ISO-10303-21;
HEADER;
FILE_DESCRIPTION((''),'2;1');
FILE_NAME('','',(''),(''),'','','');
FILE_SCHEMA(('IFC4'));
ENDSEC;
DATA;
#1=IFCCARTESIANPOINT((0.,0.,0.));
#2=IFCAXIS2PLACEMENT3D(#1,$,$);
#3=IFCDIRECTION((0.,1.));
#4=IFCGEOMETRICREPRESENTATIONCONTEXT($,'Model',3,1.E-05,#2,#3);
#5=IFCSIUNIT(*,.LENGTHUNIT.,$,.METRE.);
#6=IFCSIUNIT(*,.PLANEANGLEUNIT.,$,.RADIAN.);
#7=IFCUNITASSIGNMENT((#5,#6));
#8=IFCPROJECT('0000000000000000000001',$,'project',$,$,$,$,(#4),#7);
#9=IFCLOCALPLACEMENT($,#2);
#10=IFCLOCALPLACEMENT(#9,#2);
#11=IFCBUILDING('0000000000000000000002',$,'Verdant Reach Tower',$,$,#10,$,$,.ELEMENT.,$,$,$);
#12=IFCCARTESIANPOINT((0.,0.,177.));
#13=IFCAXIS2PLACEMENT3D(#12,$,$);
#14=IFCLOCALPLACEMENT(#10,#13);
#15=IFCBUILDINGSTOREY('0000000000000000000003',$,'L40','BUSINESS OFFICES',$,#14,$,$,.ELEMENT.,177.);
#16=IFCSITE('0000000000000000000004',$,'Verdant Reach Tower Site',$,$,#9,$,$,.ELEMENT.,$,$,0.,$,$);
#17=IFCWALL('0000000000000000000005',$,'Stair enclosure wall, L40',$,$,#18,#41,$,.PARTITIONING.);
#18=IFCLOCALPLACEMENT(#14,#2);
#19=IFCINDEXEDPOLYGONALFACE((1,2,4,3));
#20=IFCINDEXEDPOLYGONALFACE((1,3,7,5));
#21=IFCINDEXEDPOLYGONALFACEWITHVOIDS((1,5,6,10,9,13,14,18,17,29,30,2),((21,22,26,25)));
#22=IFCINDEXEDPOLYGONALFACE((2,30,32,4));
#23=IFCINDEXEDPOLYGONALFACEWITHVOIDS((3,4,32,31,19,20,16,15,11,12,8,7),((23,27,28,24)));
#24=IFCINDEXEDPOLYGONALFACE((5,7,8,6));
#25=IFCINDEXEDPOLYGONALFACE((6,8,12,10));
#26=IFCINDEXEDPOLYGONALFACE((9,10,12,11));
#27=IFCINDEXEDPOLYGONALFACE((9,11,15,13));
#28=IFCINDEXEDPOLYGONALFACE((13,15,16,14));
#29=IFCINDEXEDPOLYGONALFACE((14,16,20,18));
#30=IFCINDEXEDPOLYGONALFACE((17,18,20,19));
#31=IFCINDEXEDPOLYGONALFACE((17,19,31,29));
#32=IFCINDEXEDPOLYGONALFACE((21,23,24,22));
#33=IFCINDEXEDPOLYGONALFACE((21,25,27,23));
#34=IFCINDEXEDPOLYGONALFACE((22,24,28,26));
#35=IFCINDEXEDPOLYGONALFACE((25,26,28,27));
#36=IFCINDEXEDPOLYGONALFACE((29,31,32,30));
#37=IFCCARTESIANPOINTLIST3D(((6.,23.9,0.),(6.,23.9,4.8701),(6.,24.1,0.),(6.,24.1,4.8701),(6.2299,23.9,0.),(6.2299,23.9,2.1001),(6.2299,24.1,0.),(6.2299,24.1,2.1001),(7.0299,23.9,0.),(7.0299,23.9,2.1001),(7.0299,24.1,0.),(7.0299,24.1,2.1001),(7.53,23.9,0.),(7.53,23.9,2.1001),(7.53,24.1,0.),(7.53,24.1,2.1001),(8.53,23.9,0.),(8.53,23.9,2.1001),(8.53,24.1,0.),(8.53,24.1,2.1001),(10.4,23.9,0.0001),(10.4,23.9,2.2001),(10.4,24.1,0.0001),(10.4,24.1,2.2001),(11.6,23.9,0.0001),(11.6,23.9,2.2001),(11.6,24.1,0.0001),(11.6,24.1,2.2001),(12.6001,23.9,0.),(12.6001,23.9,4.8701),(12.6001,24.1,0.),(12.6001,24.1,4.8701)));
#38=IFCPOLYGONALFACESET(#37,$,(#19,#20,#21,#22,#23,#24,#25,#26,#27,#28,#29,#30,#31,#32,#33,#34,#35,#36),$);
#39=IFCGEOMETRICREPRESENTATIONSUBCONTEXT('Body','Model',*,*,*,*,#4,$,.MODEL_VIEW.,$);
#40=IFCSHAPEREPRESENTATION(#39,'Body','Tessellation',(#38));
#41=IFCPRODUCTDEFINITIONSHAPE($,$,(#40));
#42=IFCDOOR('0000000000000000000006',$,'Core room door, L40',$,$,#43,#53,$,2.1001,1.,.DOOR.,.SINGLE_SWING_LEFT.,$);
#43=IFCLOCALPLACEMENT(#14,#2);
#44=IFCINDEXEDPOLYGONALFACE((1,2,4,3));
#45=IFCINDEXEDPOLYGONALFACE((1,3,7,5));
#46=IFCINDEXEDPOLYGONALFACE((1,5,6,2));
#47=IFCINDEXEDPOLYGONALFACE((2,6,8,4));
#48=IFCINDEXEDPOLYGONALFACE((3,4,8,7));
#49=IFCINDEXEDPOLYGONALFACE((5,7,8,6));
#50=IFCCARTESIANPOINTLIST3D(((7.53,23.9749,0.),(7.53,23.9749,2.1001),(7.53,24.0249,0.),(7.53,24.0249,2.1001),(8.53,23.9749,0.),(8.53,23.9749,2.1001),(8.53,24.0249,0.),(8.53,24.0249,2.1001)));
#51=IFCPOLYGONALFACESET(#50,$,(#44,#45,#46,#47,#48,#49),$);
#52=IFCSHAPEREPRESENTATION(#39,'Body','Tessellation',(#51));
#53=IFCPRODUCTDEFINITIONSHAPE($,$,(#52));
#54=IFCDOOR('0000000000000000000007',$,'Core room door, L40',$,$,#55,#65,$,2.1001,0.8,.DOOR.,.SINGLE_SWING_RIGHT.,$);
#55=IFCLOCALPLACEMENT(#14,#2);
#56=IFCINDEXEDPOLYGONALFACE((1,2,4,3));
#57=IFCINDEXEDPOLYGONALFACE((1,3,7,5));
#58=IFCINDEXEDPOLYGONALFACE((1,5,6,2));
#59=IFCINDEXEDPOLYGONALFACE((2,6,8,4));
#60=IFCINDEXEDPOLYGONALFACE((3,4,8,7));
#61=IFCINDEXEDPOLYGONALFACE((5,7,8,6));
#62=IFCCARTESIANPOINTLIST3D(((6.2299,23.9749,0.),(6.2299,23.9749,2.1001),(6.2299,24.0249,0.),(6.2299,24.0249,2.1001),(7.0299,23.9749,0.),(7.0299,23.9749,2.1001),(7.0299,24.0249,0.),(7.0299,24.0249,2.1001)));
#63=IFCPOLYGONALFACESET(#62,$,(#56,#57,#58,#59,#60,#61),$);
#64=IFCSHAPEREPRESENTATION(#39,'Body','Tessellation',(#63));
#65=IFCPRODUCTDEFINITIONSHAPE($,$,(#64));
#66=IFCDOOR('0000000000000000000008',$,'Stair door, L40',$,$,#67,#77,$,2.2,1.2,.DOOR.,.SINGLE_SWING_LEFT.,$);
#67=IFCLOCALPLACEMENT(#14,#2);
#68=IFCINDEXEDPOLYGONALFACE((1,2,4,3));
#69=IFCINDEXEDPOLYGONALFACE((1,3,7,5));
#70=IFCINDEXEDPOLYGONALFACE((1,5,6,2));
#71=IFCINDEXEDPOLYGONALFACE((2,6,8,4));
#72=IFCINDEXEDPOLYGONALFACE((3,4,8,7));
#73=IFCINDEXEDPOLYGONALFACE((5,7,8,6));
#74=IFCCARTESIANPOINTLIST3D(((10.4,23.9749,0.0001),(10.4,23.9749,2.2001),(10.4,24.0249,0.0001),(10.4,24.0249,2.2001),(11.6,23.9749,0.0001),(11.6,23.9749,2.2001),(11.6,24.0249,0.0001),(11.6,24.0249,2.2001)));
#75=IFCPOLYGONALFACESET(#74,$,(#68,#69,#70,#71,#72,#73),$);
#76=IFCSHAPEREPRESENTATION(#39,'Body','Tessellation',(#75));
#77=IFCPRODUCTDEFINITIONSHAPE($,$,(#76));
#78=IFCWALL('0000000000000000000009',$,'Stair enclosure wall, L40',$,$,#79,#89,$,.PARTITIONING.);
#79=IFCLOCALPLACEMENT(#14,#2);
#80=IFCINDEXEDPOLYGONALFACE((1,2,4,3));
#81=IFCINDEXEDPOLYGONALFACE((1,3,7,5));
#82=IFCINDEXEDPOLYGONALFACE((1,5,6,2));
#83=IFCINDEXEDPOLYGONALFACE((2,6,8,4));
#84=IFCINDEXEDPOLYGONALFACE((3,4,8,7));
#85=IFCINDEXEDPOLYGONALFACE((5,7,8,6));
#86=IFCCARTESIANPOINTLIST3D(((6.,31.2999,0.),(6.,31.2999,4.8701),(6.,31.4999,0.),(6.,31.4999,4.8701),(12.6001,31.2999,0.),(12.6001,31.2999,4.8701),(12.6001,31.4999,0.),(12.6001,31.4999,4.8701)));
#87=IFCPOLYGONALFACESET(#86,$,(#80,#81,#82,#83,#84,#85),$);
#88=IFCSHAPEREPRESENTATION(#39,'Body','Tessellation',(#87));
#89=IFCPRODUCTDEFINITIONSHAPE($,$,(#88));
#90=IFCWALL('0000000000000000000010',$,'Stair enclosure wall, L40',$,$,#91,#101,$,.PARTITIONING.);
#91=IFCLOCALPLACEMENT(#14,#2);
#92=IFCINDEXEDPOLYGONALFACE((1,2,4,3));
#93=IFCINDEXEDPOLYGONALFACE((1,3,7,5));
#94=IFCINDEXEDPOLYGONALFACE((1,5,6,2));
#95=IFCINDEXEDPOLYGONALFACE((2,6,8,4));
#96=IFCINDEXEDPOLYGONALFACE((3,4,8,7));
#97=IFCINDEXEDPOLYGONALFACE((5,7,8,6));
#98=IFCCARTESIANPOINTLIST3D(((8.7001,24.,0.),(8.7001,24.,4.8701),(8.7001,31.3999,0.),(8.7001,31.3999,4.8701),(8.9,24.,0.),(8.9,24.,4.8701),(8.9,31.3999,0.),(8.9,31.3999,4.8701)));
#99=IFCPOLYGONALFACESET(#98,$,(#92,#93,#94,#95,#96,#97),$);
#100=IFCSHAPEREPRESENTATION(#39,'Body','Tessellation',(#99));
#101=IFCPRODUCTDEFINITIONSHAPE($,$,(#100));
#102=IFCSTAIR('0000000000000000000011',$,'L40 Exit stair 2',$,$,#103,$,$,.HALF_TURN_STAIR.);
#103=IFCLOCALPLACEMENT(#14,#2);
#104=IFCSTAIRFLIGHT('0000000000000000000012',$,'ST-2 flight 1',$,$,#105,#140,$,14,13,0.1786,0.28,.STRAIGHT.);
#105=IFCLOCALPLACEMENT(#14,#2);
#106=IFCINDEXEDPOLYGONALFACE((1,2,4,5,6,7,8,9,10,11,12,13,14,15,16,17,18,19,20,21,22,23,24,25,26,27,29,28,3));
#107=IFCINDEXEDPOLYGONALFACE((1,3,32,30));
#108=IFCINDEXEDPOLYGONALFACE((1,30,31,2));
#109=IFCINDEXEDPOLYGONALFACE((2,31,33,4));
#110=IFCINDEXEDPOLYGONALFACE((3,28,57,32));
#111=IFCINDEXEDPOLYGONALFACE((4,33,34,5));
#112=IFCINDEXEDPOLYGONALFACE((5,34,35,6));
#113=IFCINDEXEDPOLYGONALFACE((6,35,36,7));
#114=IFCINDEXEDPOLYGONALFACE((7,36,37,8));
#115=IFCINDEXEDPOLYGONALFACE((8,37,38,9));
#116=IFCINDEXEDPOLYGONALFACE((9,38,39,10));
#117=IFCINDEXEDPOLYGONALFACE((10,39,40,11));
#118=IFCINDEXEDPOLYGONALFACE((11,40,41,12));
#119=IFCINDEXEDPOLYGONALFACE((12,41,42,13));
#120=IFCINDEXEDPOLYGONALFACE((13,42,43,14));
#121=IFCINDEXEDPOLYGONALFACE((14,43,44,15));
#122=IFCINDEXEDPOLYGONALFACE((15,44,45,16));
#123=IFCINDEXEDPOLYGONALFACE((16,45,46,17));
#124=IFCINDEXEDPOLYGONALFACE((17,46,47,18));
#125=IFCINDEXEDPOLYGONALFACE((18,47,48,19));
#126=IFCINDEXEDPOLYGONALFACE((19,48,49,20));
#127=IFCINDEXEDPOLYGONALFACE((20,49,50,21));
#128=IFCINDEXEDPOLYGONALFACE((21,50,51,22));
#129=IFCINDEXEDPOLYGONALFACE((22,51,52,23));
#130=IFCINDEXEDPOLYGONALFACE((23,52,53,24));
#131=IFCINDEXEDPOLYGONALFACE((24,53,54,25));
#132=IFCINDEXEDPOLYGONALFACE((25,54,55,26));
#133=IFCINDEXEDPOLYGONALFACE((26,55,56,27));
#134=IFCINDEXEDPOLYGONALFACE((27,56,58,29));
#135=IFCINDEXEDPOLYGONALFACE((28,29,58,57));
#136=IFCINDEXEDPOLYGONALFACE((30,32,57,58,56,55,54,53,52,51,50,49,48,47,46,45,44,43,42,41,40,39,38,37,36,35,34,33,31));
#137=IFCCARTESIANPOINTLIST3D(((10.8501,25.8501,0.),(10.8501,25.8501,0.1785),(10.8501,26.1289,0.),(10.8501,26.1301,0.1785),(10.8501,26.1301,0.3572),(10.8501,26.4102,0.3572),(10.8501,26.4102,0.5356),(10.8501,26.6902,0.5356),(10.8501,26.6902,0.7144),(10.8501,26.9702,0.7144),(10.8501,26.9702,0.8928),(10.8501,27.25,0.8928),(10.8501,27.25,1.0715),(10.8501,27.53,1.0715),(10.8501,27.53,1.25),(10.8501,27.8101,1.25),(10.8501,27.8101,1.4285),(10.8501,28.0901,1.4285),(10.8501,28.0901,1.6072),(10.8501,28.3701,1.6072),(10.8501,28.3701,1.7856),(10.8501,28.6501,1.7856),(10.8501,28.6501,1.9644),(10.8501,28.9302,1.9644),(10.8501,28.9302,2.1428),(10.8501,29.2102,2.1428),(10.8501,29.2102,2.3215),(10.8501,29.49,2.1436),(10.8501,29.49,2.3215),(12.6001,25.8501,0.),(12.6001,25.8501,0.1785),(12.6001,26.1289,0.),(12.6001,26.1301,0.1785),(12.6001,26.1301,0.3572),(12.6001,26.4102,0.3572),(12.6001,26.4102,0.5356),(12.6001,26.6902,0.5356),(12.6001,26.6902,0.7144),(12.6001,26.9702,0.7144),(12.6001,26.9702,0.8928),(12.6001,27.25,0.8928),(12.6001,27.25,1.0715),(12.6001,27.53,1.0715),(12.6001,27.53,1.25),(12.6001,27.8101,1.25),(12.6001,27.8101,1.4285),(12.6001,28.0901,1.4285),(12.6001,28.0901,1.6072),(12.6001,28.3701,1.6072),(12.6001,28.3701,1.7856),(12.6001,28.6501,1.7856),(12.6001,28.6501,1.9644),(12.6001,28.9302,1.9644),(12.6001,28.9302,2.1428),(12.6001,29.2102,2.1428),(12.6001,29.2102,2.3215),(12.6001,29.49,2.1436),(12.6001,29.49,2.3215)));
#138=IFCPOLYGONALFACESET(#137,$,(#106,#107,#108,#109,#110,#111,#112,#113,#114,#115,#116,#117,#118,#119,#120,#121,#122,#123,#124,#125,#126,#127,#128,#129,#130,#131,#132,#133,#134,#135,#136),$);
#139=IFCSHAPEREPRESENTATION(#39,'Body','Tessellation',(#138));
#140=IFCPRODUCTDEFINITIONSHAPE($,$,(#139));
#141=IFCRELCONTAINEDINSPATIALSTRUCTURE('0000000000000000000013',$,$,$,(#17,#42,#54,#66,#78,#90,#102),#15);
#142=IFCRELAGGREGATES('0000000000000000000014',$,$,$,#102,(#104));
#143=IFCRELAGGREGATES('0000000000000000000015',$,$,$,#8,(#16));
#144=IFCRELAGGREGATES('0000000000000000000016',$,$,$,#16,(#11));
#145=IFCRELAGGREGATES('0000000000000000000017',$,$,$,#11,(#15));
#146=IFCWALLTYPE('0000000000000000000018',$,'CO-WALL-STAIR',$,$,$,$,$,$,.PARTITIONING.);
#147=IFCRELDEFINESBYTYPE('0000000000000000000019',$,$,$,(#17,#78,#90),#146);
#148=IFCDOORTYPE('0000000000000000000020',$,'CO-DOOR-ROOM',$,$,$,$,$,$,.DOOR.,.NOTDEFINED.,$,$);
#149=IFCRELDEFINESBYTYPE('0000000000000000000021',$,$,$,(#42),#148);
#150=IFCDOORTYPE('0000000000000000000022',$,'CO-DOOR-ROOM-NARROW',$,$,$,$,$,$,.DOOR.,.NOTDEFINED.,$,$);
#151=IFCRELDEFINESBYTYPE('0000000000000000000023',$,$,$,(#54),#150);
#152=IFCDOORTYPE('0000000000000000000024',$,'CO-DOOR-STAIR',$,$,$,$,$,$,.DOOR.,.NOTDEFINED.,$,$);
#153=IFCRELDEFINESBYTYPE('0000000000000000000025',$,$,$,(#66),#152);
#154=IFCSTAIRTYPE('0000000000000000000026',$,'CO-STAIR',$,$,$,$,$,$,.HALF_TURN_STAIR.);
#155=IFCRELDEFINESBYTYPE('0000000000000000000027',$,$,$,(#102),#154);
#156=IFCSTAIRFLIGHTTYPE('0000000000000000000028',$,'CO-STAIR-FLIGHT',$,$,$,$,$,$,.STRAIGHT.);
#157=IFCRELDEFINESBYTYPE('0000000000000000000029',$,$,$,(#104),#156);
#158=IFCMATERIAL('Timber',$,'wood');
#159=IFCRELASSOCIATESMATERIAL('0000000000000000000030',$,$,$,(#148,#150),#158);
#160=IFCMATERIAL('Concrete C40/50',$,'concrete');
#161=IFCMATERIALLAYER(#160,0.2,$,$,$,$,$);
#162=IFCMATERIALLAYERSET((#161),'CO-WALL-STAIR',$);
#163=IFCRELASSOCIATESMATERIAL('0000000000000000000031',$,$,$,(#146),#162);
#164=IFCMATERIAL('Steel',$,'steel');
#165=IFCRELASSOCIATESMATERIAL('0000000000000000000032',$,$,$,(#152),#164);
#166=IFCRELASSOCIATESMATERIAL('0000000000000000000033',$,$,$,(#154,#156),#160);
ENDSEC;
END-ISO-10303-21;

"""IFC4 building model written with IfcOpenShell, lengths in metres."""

from ifc_helpers import new_model, si_unit, direction, frame, frame_2d, origin, place, context, subcontext, project, spatial, polyline, rectangle, outline, extrude, material, layer, layer_set, type_object, element, fill, aggregate, save


model = new_model("IFC4")

# Units and contexts
model_context = context("Model", 3, precision=1e-05, world=origin(), true_north=direction((0.0, 1.0)))
body_context = subcontext(model_context, "Body", "Model", "MODEL_VIEW")
ifc_project = project(units=[si_unit("LENGTHUNIT", "METRE"), si_unit("PLANEANGLEUNIT", "RADIAN")], contexts=[model_context])

# Site, building, storey
site_placement = place(None, origin())
site = spatial("IfcSite", under=ifc_project, at=site_placement, Name="Verdant Reach Tower Site", CompositionType="ELEMENT", RefElevation=0.0)
building_placement = place(site_placement, origin())
building = spatial("IfcBuilding", under=site, at=building_placement, Name="Verdant Reach Tower", CompositionType="ELEMENT")
storey_placement = place(building_placement, frame((0.0, 0.0, 177.0)))
storey = spatial("IfcBuildingStorey", under=building, at=storey_placement, Name="L40", Description="BUSINESS OFFICES", CompositionType="ELEMENT", Elevation=177.0)

# Shared definitions
ifc_material_1 = material(Name="Timber", Category="wood")
door_type_1 = type_object("IfcDoorType", Name="CO-DOOR-ROOM", OperationType="NOTDEFINED", PredefinedType="DOOR", material=ifc_material_1)

# Shared definitions
ifc_material_2 = material(Name="Concrete C40/50", Category="concrete")

# Wall, openings, doors
ifc_layer_1 = layer(ifc_material_2, 0.2)
ifc_layer_set_1 = layer_set([ifc_layer_1], Name="CO-WALL-STAIR")
wall_type_1 = type_object("IfcWallType", Name="CO-WALL-STAIR", PredefinedType="PARTITIONING", material=ifc_layer_set_1)
wall_1_placement = place(storey_placement, frame((6.0, 24.0, 0.0), z_axis=(0.0, 0.0, 1.0), x_axis=(1.0, 0.0, 0.0)))
wall_1 = element("IfcWall", 1, at=wall_1_placement, inside=storey, type_object=wall_type_1, Name="Stair enclosure wall, L40", PredefinedType="PARTITIONING", context=body_context, shape_type="SweptSolid", body=[
    extrude(rectangle(XDim=6.6001, YDim=0.2, at=frame_2d((3.3, 0.0))), origin(), (0.0, 0.0, 1.0), 4.8701),
])
opening_1_placement = place(wall_1_placement, frame((0.23, 0.0, 0.0)))
opening_1 = element("IfcOpeningElement", 2, at=opening_1_placement, cuts=wall_1, PredefinedType="OPENING", context=body_context, shape_type="SweptSolid", body=[
    extrude(rectangle(XDim=0.8, YDim=2.1001, at=frame_2d((0.3999, 1.05))), frame((0.0, 0.1099, 0.0), z_axis=(0.0, -1.0, 0.0), x_axis=(1.0, 0.0, 0.0)), (0.0, 0.0, 1.0), 0.22),
])
opening_2_placement = place(wall_1_placement, frame((1.53, 0.0, 0.0)))
opening_2 = element("IfcOpeningElement", 3, at=opening_2_placement, cuts=wall_1, PredefinedType="OPENING", context=body_context, shape_type="SweptSolid", body=[
    extrude(rectangle(XDim=1.0, YDim=2.1001, at=frame_2d((0.5, 1.05))), frame((0.0, 0.1099, 0.0), z_axis=(0.0, -1.0, 0.0), x_axis=(1.0, 0.0, 0.0)), (0.0, 0.0, 1.0), 0.22),
])
opening_3_placement = place(wall_1_placement, frame((4.3999, 0.0, 0.0)))
opening_3 = element("IfcOpeningElement", 4, at=opening_3_placement, cuts=wall_1, PredefinedType="OPENING", context=body_context, shape_type="SweptSolid", body=[
    extrude(rectangle(XDim=1.2, YDim=2.2, at=frame_2d((0.6001, 1.1001))), frame((0.0, 0.1099, 0.0), z_axis=(0.0, -1.0, 0.0), x_axis=(1.0, 0.0, 0.0)), (0.0, 0.0, 1.0), 0.22),
])
door_1_placement = place(opening_2_placement, origin())
door_1 = element("IfcDoor", 5, at=door_1_placement, inside=storey, type_object=door_type_1, Name="Core room door, L40", OperationType="SINGLE_SWING_LEFT", OverallHeight=2.1001, OverallWidth=1.0, PredefinedType="DOOR", context=body_context, shape_type="SweptSolid", body=[
    extrude(rectangle(XDim=1.0, YDim=2.1001, at=frame_2d((0.5, 1.05))), frame((0.0, 0.0249, 0.0), z_axis=(0.0, -1.0, 0.0), x_axis=(1.0, 0.0, 0.0)), (0.0, 0.0, 1.0), 0.05),
])
fill(opening_2, door_1)
door_type_2 = type_object("IfcDoorType", Name="CO-DOOR-ROOM-NARROW", OperationType="NOTDEFINED", PredefinedType="DOOR", material=ifc_material_1)
door_2_placement = place(opening_1_placement, origin())
door_2 = element("IfcDoor", 6, at=door_2_placement, inside=storey, type_object=door_type_2, Name="Core room door, L40", OperationType="SINGLE_SWING_RIGHT", OverallHeight=2.1001, OverallWidth=0.8, PredefinedType="DOOR", context=body_context, shape_type="SweptSolid", body=[
    extrude(rectangle(XDim=0.8, YDim=2.1001, at=frame_2d((0.3999, 1.05))), frame((0.0, 0.0249, 0.0), z_axis=(0.0, -1.0, 0.0), x_axis=(1.0, 0.0, 0.0)), (0.0, 0.0, 1.0), 0.05),
])
fill(opening_1, door_2)
ifc_material_3 = material(Name="Steel", Category="steel")
door_type_3 = type_object("IfcDoorType", Name="CO-DOOR-STAIR", OperationType="NOTDEFINED", PredefinedType="DOOR", material=ifc_material_3)
door_3_placement = place(opening_3_placement, origin())
door_3 = element("IfcDoor", 7, at=door_3_placement, inside=storey, type_object=door_type_3, Name="Stair door, L40", OperationType="SINGLE_SWING_LEFT", OverallHeight=2.2, OverallWidth=1.2, PredefinedType="DOOR", context=body_context, shape_type="SweptSolid", body=[
    extrude(rectangle(XDim=1.2, YDim=2.2, at=frame_2d((0.6001, 1.1001))), frame((0.0, 0.0249, 0.0), z_axis=(0.0, -1.0, 0.0), x_axis=(1.0, 0.0, 0.0)), (0.0, 0.0, 1.0), 0.05),
])
fill(opening_3, door_3)

# Walls
wall_2_placement = place(storey_placement, frame((6.0, 31.3999, 0.0), z_axis=(0.0, 0.0, 1.0), x_axis=(1.0, 0.0, 0.0)))
element("IfcWall", 8, at=wall_2_placement, inside=storey, type_object=wall_type_1, Name="Stair enclosure wall, L40", PredefinedType="PARTITIONING", context=body_context, shape_type="SweptSolid", body=[
    extrude(rectangle(XDim=6.6001, YDim=0.2, at=frame_2d((3.3, 0.0))), origin(), (0.0, 0.0, 1.0), 4.8701),
])
wall_3_placement = place(storey_placement, frame((8.8, 24.0, 0.0), z_axis=(0.0, 0.0, 1.0), x_axis=(0.0, 1.0, 0.0)))
element("IfcWall", 9, at=wall_3_placement, inside=storey, type_object=wall_type_1, Name="Stair enclosure wall, L40", PredefinedType="PARTITIONING", context=body_context, shape_type="SweptSolid", body=[
    extrude(rectangle(XDim=7.3999, YDim=0.2, at=frame_2d((3.7, 0.0))), origin(), (0.0, 0.0, 1.0), 4.8701),
])

# Stair, stair flight
stair_type = type_object("IfcStairType", Name="CO-STAIR", PredefinedType="HALF_TURN_STAIR", material=ifc_material_2)
stair_placement = place(storey_placement, origin())
stair = element("IfcStair", 10, at=stair_placement, inside=storey, type_object=stair_type, Name="L40 Exit stair 2", PredefinedType="HALF_TURN_STAIR")
stair_flight_type = type_object("IfcStairFlightType", Name="CO-STAIR-FLIGHT", PredefinedType="STRAIGHT", material=ifc_material_2)
stair_flight_1_placement = place(storey_placement, frame((11.7251, 25.8501, 0.0), z_axis=(0.0, 0.0, 1.0), x_axis=(0.0, 1.0, 0.0)))
stair_flight_1 = element("IfcStairFlight", 11, at=stair_flight_1_placement, type_object=stair_flight_type, Name="ST-2 flight 1", NumberOfRisers=14, NumberOfTreads=13, PredefinedType="STRAIGHT", RiserHeight=0.1786, TreadLength=0.28, context=body_context, shape_type="SweptSolid", body=[
    extrude(outline(polyline([(0.0, 0.0), (0.0, 0.1785), (0.28, 0.1785), (0.28, 0.3572), (0.5601, 0.3572), (0.5601, 0.5356), (0.8401, 0.5356), (0.8401, 0.7144), (1.1201, 0.7144), (1.1201, 0.8928), (1.3999, 0.8928), (1.3999, 1.0715), (1.6799, 1.0715), (1.6799, 1.25), (1.96, 1.25), (1.96, 1.4285), (2.24, 1.4285), (2.24, 1.6072), (2.52, 1.6072), (2.52, 1.7856), (2.8, 1.7856), (2.8, 1.9644), (3.0801, 1.9644), (3.0801, 2.1428), (3.3601, 2.1428), (3.3601, 2.3215), (3.6399, 2.3215), (3.6399, 2.5), (3.6399, 2.1436), (0.2788, 0.0), (0.0, 0.0)])), frame((0.0, 0.875, 0.0), z_axis=(0.0, -1.0, 0.0), x_axis=(1.0, 0.0, 0.0)), (0.0, 0.0, 1.0), 1.75),
])
aggregate(stair, [stair_flight_1])

save(model, "model.ifc")
